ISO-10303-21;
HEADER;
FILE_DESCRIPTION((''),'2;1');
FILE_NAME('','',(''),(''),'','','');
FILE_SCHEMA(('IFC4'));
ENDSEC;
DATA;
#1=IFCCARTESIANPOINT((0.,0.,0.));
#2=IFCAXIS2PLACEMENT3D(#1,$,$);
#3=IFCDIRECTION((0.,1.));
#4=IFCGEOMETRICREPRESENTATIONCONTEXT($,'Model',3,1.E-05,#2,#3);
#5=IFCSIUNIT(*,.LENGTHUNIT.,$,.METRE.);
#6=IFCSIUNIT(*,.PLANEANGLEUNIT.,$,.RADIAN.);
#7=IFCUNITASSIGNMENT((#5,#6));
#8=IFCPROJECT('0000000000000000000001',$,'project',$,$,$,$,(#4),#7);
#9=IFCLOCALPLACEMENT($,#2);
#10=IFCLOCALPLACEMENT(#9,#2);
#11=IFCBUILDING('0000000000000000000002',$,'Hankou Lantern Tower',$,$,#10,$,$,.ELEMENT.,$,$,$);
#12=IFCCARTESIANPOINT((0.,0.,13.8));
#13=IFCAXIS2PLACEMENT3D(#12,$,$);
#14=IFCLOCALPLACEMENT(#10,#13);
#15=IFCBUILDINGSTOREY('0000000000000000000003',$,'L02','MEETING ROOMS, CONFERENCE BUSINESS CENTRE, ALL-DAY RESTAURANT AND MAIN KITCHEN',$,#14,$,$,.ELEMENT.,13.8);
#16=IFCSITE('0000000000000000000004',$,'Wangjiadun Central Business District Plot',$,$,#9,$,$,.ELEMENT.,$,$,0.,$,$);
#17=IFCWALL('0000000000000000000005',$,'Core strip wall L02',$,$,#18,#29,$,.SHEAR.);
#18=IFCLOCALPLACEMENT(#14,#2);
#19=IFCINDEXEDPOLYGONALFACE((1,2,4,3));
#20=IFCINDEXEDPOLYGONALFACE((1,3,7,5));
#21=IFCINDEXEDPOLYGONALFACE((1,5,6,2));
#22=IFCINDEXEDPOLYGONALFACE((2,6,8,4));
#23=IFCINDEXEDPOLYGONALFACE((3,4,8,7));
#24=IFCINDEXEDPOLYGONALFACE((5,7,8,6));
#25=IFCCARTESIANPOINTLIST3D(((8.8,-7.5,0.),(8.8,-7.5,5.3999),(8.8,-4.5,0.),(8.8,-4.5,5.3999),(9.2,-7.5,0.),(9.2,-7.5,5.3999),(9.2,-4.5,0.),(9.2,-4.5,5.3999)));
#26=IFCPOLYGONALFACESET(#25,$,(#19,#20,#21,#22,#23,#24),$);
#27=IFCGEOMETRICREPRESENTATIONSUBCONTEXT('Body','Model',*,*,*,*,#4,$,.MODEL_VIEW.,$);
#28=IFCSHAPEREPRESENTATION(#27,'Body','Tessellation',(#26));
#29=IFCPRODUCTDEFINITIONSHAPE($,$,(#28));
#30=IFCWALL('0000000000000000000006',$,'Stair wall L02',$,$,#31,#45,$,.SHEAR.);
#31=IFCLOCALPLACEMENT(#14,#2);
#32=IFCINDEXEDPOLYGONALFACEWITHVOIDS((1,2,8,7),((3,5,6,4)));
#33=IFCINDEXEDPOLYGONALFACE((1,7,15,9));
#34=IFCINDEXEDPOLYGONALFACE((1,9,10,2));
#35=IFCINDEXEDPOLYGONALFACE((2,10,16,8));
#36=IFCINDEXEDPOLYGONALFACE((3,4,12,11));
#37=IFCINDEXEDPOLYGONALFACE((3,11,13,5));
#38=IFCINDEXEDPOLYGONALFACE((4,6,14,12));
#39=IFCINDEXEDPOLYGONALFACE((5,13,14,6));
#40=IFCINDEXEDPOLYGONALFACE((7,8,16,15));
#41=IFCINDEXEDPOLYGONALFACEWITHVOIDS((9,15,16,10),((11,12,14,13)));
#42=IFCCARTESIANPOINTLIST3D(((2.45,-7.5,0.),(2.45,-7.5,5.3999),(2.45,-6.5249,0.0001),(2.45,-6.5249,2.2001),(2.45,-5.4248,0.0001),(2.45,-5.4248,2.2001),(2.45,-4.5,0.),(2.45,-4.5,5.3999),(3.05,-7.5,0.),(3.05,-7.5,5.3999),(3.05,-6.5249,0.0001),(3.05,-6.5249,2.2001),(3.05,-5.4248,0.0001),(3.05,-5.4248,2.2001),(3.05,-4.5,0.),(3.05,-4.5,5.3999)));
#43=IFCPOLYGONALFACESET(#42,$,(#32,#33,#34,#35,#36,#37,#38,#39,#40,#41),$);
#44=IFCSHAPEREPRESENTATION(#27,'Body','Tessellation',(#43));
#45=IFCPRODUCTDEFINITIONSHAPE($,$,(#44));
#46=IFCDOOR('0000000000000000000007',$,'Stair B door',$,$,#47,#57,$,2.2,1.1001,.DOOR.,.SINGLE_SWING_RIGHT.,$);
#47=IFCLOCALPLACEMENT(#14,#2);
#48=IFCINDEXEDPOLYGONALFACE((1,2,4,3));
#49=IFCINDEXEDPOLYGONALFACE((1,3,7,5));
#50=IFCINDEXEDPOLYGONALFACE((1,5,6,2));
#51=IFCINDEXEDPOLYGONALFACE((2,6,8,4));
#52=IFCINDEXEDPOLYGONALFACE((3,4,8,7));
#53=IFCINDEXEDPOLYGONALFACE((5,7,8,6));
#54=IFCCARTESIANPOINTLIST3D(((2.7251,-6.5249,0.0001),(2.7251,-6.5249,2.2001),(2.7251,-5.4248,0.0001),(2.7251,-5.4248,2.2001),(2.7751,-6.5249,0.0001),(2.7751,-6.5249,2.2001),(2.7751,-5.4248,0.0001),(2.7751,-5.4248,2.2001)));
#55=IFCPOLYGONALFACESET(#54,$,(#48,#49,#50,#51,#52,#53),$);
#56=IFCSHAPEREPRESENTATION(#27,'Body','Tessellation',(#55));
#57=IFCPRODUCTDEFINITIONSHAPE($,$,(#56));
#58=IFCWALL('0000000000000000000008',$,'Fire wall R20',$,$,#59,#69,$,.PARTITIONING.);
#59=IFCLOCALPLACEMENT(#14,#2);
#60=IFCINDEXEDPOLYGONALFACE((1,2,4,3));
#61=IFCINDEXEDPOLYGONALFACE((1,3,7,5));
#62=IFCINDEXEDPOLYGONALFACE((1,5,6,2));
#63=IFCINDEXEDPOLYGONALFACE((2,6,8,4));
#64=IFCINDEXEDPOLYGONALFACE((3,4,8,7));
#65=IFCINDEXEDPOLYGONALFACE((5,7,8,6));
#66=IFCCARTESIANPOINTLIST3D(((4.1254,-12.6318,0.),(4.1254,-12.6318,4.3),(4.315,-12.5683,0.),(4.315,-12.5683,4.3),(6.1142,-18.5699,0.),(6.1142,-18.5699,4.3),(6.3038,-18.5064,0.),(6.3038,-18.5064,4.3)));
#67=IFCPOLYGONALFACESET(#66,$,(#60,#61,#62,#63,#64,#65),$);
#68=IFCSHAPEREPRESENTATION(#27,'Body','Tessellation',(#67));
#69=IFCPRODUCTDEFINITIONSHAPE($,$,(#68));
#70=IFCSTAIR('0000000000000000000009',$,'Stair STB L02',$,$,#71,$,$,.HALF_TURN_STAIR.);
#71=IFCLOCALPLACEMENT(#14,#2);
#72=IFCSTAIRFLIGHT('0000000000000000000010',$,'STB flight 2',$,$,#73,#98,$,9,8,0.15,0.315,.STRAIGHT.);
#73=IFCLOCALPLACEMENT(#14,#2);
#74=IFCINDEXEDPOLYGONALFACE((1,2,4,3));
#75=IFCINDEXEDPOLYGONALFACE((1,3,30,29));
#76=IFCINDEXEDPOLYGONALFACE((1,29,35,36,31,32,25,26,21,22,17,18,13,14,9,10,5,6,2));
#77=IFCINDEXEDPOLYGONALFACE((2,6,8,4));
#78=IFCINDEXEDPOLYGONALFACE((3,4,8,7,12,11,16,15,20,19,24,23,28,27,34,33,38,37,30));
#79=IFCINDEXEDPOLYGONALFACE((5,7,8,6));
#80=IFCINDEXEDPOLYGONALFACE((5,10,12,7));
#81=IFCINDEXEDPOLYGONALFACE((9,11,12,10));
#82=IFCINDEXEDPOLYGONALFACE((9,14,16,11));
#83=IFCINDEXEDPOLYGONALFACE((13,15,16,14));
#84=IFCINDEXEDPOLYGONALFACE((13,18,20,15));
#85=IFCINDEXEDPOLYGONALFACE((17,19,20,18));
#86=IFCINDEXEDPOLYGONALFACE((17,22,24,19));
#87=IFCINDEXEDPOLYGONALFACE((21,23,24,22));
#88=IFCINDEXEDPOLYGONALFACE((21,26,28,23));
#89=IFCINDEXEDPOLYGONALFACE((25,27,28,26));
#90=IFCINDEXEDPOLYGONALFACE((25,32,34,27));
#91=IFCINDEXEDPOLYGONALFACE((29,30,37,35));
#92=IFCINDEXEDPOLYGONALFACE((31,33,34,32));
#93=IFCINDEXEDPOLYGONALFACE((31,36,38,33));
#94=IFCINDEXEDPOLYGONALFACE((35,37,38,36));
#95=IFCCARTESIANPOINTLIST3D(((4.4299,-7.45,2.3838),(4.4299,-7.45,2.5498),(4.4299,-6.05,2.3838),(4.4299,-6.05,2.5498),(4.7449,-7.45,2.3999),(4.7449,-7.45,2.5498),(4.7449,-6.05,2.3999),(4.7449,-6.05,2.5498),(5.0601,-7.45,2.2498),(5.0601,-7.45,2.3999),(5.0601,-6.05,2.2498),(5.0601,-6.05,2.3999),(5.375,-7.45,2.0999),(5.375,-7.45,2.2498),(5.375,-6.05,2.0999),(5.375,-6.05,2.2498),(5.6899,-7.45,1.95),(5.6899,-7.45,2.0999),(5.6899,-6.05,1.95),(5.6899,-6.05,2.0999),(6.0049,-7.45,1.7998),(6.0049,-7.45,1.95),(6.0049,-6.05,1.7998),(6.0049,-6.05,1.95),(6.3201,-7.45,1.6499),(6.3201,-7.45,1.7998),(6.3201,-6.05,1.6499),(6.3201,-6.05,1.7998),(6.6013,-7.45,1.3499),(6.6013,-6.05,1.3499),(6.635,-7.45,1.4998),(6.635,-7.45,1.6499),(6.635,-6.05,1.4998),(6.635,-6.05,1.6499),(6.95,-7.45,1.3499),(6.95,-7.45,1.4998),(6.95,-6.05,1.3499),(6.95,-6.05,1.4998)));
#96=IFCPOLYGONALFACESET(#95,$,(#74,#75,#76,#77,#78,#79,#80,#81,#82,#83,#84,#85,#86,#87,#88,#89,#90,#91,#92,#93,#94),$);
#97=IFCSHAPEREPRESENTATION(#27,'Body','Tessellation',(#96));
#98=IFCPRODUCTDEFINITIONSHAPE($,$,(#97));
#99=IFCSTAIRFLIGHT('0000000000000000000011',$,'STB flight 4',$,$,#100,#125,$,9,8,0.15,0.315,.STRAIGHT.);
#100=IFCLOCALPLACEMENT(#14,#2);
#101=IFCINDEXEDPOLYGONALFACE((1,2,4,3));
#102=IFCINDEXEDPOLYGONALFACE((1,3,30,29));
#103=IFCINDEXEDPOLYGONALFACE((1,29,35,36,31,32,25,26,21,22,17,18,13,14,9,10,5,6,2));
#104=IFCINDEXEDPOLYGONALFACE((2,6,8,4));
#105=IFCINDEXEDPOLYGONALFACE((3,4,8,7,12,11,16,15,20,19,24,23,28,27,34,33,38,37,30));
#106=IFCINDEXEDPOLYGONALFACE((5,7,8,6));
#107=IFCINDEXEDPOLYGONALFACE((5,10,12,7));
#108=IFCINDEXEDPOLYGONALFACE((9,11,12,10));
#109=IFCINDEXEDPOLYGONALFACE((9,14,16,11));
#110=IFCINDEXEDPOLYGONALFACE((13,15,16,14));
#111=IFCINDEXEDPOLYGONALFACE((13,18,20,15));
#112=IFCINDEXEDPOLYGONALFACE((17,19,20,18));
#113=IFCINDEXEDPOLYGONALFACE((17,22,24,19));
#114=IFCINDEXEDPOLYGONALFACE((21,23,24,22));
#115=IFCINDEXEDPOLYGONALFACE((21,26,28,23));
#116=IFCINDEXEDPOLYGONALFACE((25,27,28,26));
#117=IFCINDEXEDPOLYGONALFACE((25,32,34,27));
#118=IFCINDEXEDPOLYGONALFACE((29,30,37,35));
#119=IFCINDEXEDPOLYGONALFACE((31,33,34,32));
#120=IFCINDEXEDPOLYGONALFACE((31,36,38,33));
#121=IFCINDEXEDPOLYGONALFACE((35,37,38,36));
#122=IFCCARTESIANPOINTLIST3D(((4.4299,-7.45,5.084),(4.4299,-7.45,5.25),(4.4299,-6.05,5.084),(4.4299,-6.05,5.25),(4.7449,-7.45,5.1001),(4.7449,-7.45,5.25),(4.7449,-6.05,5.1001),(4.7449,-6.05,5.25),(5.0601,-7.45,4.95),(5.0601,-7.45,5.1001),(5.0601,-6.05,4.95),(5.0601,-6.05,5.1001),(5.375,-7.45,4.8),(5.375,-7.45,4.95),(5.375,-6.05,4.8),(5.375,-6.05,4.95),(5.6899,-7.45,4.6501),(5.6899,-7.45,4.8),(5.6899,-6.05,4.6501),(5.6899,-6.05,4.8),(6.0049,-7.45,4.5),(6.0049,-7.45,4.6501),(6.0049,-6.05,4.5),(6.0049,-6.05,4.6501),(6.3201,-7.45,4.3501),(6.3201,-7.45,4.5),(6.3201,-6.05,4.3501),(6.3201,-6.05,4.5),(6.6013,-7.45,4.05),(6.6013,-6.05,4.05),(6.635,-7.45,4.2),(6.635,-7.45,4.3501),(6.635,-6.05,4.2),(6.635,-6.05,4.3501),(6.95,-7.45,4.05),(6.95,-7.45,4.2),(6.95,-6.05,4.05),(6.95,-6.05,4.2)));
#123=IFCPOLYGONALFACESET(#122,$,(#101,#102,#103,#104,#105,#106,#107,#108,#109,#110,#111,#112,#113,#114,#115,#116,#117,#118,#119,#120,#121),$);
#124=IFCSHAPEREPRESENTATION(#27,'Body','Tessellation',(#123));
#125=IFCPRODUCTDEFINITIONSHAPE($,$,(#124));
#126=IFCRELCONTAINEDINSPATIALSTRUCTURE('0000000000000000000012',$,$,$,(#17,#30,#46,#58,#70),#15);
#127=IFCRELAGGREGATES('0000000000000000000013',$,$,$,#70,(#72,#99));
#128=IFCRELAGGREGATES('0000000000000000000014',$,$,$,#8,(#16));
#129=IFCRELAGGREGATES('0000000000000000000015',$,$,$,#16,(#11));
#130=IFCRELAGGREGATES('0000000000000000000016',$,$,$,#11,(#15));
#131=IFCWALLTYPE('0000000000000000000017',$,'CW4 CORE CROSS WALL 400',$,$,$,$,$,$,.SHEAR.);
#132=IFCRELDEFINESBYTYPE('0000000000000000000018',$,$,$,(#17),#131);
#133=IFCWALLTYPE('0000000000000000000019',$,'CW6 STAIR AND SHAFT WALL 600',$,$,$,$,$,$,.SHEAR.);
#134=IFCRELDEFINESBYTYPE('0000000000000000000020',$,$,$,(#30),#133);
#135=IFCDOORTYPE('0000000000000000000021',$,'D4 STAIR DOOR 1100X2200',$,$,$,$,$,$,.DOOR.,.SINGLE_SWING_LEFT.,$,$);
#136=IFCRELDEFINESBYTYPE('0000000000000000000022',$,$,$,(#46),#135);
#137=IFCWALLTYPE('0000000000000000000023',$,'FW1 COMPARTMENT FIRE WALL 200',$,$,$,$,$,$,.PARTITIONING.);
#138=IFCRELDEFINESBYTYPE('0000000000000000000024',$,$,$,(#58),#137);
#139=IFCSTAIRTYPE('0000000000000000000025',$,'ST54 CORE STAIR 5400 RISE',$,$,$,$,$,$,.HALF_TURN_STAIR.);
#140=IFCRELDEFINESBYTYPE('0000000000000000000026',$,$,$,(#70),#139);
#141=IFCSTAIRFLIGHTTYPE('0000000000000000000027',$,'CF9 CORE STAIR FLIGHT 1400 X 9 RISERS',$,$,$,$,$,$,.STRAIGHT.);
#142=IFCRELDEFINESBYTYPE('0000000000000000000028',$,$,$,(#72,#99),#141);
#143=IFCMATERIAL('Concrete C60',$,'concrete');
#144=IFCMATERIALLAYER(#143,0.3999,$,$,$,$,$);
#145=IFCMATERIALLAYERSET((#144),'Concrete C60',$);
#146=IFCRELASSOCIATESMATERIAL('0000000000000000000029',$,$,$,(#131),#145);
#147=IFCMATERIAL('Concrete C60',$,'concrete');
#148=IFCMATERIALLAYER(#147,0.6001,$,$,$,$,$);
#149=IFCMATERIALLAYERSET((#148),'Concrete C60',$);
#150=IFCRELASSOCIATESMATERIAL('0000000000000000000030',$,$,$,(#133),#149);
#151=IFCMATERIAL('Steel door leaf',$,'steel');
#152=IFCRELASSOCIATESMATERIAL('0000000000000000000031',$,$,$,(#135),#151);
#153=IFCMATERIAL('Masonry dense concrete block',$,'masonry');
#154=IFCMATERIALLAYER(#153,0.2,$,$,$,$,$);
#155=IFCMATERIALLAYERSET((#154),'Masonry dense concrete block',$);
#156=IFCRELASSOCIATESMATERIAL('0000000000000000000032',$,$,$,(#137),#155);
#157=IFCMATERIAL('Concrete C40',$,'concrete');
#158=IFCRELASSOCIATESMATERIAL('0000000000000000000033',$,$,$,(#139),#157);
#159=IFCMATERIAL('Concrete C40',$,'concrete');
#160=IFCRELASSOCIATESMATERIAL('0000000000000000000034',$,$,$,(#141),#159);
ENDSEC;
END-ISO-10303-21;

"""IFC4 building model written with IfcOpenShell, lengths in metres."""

from ifc_helpers import new_model, si_unit, direction, frame, frame_2d, origin, place, context, subcontext, project, spatial, polyline, rectangle, outline, extrude, material, layer, layer_set, type_object, element, fill, aggregate, save


model = new_model("IFC4")

# Units and contexts
model_context = context("Model", 3, precision=1e-05, world=origin(), true_north=direction((0.0, 1.0)))
body_context = subcontext(model_context, "Body", "Model", "MODEL_VIEW")
ifc_project = project(units=[si_unit("LENGTHUNIT", "METRE"), si_unit("PLANEANGLEUNIT", "RADIAN")], contexts=[model_context])

# Site, building, storey
site_placement = place(None, origin())
site = spatial("IfcSite", under=ifc_project, at=site_placement, Name="Wangjiadun Central Business District Plot", CompositionType="ELEMENT", RefElevation=0.0)
building_placement = place(site_placement, origin())
building = spatial("IfcBuilding", under=site, at=building_placement, Name="Hankou Lantern Tower", CompositionType="ELEMENT")
storey_placement = place(building_placement, frame((0.0, 0.0, 13.8)))
storey = spatial("IfcBuildingStorey", under=building, at=storey_placement, Name="L02", Description="MEETING ROOMS, CONFERENCE BUSINESS CENTRE, ALL-DAY RESTAURANT AND MAIN KITCHEN", CompositionType="ELEMENT", Elevation=13.8)

# Wall
ifc_material_1 = material(Name="Concrete C60", Category="concrete")
ifc_layer_1 = layer(ifc_material_1, 0.3999)
ifc_layer_set_1 = layer_set([ifc_layer_1], Name="Concrete C60")
wall_type_1 = type_object("IfcWallType", Name="CW4 CORE CROSS WALL 400", PredefinedType="SHEAR", material=ifc_layer_set_1)
wall_1_placement = place(storey_placement, frame((9.0, -7.5, 0.0), z_axis=(0.0, 0.0, 1.0), x_axis=(0.0, 1.0, 0.0)))
element("IfcWall", 1, at=wall_1_placement, inside=storey, type_object=wall_type_1, Name="Core strip wall L02", PredefinedType="SHEAR", context=body_context, shape_type="SweptSolid", body=[
    extrude(rectangle(XDim=3.0, YDim=0.3999, at=frame_2d((1.5, 0.0))), origin(), (0.0, 0.0, 1.0), 5.3999),
])

# Wall, opening, door
ifc_material_2 = material(Name="Concrete C60", Category="concrete")
ifc_layer_2 = layer(ifc_material_2, 0.6001)
ifc_layer_set_2 = layer_set([ifc_layer_2], Name="Concrete C60")
wall_type_2 = type_object("IfcWallType", Name="CW6 STAIR AND SHAFT WALL 600", PredefinedType="SHEAR", material=ifc_layer_set_2)
wall_2_placement = place(storey_placement, frame((2.75, -7.5, 0.0), z_axis=(0.0, 0.0, 1.0), x_axis=(0.0, 1.0, 0.0)))
wall_2 = element("IfcWall", 2, at=wall_2_placement, inside=storey, type_object=wall_type_2, Name="Stair wall L02", PredefinedType="SHEAR", context=body_context, shape_type="SweptSolid", body=[
    extrude(rectangle(XDim=3.0, YDim=0.6001, at=frame_2d((1.5, 0.0))), origin(), (0.0, 0.0, 1.0), 5.3999),
])
opening_1_placement = place(wall_2_placement, frame((0.9751, 0.0, 0.0)))
opening_1 = element("IfcOpeningElement", 3, at=opening_1_placement, cuts=wall_2, PredefinedType="OPENING", context=body_context, shape_type="SweptSolid", body=[
    extrude(rectangle(XDim=1.1001, YDim=2.2, at=frame_2d((0.55, 1.1001))), frame((0.0, 0.3101, 0.0), z_axis=(0.0, -1.0, 0.0), x_axis=(1.0, 0.0, 0.0)), (0.0, 0.0, 1.0), 0.6201),
])
ifc_material_3 = material(Name="Steel door leaf", Category="steel")
door_type_1 = type_object("IfcDoorType", Name="D4 STAIR DOOR 1100X2200", OperationType="SINGLE_SWING_LEFT", PredefinedType="DOOR", material=ifc_material_3)
door_1_placement = place(opening_1_placement, origin())
door_1 = element("IfcDoor", 4, at=door_1_placement, inside=storey, type_object=door_type_1, Name="Stair B door", OperationType="SINGLE_SWING_RIGHT", OverallHeight=2.2, OverallWidth=1.1001, PredefinedType="DOOR", context=body_context, shape_type="SweptSolid", body=[
    extrude(rectangle(XDim=1.1001, YDim=2.2, at=frame_2d((0.55, 1.1001))), frame((0.0, 0.0249, 0.0), z_axis=(0.0, -1.0, 0.0), x_axis=(1.0, 0.0, 0.0)), (0.0, 0.0, 1.0), 0.05),
])
fill(opening_1, door_1)

# Wall
ifc_material_4 = material(Name="Masonry dense concrete block", Category="masonry")
ifc_layer_3 = layer(ifc_material_4, 0.2)
ifc_layer_set_3 = layer_set([ifc_layer_3], Name="Masonry dense concrete block")
wall_type_3 = type_object("IfcWallType", Name="FW1 COMPARTMENT FIRE WALL 200", PredefinedType="PARTITIONING", material=ifc_layer_set_3)
wall_3_placement = place(storey_placement, frame((4.2202, -12.6001, 0.0), z_axis=(0.0, 0.0, 1.0), x_axis=(0.317584, -0.94823, 0.0)))
element("IfcWall", 5, at=wall_3_placement, inside=storey, type_object=wall_type_3, Name="Fire wall R20", PredefinedType="PARTITIONING", context=body_context, shape_type="SweptSolid", body=[
    extrude(rectangle(XDim=6.2622, YDim=0.2, at=frame_2d((3.1311, 0.0))), origin(), (0.0, 0.0, 1.0), 4.3),
])

# Stair, stair flights
ifc_material_5 = material(Name="Concrete C40", Category="concrete")
stair_type = type_object("IfcStairType", Name="ST54 CORE STAIR 5400 RISE", PredefinedType="HALF_TURN_STAIR", material=ifc_material_5)
stair_placement = place(storey_placement, origin())
stair = element("IfcStair", 6, at=stair_placement, inside=storey, type_object=stair_type, Name="Stair STB L02", PredefinedType="HALF_TURN_STAIR")
ifc_material_6 = material(Name="Concrete C40", Category="concrete")
stair_flight_type = type_object("IfcStairFlightType", Name="CF9 CORE STAIR FLIGHT 1400 X 9 RISERS", PredefinedType="STRAIGHT", material=ifc_material_6)
stair_flight_1_placement = place(storey_placement, frame((6.95, -6.75, 1.3499), z_axis=(0.0, 0.0, 1.0), x_axis=(-1.0, 0.0, 0.0)))
stair_flight_1 = element("IfcStairFlight", 7, at=stair_flight_1_placement, type_object=stair_flight_type, Name="STB flight 2", NumberOfRisers=9, NumberOfTreads=8, PredefinedType="STRAIGHT", RiserHeight=0.15, TreadLength=0.315, context=body_context, shape_type="SweptSolid", body=[
    extrude(outline(polyline([(0.0, 0.0), (0.0, 0.1499), (0.3149, 0.1499), (0.3149, 0.3), (0.6299, 0.3), (0.6299, 0.45), (0.9451, 0.45), (0.9451, 0.6001), (1.26, 0.6001), (1.26, 0.75), (1.575, 0.75), (1.575, 0.8999), (1.8899, 0.8999), (1.8899, 1.05), (2.2051, 1.05), (2.2051, 1.2), (2.52, 1.2), (2.52, 1.3501), (2.52, 1.0339), (0.3486, 0.0), (0.0, 0.0)])), frame((0.0, 0.7, 0.0), z_axis=(0.0, -1.0, 0.0), x_axis=(1.0, 0.0, 0.0)), (0.0, 0.0, 1.0), 1.3999),
])
stair_flight_2_placement = place(storey_placement, frame((6.95, -6.75, 4.05), z_axis=(0.0, 0.0, 1.0), x_axis=(-1.0, 0.0, 0.0)))
stair_flight_2 = element("IfcStairFlight", 8, at=stair_flight_2_placement, type_object=stair_flight_type, Name="STB flight 4", NumberOfRisers=9, NumberOfTreads=8, PredefinedType="STRAIGHT", RiserHeight=0.15, TreadLength=0.315, context=body_context, shape_type="SweptSolid", body=[
    extrude(outline(polyline([(0.0, 0.0), (0.0, 0.1499), (0.3149, 0.1499), (0.3149, 0.3), (0.6299, 0.3), (0.6299, 0.45), (0.9451, 0.45), (0.9451, 0.6001), (1.26, 0.6001), (1.26, 0.75), (1.575, 0.75), (1.575, 0.8999), (1.8899, 0.8999), (1.8899, 1.05), (2.2051, 1.05), (2.2051, 1.2), (2.52, 1.2), (2.52, 1.3501), (2.52, 1.0339), (0.3486, 0.0), (0.0, 0.0)])), frame((0.0, 0.7, 0.0), z_axis=(0.0, -1.0, 0.0), x_axis=(1.0, 0.0, 0.0)), (0.0, 0.0, 1.0), 1.3999),
])
aggregate(stair, [stair_flight_1, stair_flight_2])

save(model, "model.ifc")
